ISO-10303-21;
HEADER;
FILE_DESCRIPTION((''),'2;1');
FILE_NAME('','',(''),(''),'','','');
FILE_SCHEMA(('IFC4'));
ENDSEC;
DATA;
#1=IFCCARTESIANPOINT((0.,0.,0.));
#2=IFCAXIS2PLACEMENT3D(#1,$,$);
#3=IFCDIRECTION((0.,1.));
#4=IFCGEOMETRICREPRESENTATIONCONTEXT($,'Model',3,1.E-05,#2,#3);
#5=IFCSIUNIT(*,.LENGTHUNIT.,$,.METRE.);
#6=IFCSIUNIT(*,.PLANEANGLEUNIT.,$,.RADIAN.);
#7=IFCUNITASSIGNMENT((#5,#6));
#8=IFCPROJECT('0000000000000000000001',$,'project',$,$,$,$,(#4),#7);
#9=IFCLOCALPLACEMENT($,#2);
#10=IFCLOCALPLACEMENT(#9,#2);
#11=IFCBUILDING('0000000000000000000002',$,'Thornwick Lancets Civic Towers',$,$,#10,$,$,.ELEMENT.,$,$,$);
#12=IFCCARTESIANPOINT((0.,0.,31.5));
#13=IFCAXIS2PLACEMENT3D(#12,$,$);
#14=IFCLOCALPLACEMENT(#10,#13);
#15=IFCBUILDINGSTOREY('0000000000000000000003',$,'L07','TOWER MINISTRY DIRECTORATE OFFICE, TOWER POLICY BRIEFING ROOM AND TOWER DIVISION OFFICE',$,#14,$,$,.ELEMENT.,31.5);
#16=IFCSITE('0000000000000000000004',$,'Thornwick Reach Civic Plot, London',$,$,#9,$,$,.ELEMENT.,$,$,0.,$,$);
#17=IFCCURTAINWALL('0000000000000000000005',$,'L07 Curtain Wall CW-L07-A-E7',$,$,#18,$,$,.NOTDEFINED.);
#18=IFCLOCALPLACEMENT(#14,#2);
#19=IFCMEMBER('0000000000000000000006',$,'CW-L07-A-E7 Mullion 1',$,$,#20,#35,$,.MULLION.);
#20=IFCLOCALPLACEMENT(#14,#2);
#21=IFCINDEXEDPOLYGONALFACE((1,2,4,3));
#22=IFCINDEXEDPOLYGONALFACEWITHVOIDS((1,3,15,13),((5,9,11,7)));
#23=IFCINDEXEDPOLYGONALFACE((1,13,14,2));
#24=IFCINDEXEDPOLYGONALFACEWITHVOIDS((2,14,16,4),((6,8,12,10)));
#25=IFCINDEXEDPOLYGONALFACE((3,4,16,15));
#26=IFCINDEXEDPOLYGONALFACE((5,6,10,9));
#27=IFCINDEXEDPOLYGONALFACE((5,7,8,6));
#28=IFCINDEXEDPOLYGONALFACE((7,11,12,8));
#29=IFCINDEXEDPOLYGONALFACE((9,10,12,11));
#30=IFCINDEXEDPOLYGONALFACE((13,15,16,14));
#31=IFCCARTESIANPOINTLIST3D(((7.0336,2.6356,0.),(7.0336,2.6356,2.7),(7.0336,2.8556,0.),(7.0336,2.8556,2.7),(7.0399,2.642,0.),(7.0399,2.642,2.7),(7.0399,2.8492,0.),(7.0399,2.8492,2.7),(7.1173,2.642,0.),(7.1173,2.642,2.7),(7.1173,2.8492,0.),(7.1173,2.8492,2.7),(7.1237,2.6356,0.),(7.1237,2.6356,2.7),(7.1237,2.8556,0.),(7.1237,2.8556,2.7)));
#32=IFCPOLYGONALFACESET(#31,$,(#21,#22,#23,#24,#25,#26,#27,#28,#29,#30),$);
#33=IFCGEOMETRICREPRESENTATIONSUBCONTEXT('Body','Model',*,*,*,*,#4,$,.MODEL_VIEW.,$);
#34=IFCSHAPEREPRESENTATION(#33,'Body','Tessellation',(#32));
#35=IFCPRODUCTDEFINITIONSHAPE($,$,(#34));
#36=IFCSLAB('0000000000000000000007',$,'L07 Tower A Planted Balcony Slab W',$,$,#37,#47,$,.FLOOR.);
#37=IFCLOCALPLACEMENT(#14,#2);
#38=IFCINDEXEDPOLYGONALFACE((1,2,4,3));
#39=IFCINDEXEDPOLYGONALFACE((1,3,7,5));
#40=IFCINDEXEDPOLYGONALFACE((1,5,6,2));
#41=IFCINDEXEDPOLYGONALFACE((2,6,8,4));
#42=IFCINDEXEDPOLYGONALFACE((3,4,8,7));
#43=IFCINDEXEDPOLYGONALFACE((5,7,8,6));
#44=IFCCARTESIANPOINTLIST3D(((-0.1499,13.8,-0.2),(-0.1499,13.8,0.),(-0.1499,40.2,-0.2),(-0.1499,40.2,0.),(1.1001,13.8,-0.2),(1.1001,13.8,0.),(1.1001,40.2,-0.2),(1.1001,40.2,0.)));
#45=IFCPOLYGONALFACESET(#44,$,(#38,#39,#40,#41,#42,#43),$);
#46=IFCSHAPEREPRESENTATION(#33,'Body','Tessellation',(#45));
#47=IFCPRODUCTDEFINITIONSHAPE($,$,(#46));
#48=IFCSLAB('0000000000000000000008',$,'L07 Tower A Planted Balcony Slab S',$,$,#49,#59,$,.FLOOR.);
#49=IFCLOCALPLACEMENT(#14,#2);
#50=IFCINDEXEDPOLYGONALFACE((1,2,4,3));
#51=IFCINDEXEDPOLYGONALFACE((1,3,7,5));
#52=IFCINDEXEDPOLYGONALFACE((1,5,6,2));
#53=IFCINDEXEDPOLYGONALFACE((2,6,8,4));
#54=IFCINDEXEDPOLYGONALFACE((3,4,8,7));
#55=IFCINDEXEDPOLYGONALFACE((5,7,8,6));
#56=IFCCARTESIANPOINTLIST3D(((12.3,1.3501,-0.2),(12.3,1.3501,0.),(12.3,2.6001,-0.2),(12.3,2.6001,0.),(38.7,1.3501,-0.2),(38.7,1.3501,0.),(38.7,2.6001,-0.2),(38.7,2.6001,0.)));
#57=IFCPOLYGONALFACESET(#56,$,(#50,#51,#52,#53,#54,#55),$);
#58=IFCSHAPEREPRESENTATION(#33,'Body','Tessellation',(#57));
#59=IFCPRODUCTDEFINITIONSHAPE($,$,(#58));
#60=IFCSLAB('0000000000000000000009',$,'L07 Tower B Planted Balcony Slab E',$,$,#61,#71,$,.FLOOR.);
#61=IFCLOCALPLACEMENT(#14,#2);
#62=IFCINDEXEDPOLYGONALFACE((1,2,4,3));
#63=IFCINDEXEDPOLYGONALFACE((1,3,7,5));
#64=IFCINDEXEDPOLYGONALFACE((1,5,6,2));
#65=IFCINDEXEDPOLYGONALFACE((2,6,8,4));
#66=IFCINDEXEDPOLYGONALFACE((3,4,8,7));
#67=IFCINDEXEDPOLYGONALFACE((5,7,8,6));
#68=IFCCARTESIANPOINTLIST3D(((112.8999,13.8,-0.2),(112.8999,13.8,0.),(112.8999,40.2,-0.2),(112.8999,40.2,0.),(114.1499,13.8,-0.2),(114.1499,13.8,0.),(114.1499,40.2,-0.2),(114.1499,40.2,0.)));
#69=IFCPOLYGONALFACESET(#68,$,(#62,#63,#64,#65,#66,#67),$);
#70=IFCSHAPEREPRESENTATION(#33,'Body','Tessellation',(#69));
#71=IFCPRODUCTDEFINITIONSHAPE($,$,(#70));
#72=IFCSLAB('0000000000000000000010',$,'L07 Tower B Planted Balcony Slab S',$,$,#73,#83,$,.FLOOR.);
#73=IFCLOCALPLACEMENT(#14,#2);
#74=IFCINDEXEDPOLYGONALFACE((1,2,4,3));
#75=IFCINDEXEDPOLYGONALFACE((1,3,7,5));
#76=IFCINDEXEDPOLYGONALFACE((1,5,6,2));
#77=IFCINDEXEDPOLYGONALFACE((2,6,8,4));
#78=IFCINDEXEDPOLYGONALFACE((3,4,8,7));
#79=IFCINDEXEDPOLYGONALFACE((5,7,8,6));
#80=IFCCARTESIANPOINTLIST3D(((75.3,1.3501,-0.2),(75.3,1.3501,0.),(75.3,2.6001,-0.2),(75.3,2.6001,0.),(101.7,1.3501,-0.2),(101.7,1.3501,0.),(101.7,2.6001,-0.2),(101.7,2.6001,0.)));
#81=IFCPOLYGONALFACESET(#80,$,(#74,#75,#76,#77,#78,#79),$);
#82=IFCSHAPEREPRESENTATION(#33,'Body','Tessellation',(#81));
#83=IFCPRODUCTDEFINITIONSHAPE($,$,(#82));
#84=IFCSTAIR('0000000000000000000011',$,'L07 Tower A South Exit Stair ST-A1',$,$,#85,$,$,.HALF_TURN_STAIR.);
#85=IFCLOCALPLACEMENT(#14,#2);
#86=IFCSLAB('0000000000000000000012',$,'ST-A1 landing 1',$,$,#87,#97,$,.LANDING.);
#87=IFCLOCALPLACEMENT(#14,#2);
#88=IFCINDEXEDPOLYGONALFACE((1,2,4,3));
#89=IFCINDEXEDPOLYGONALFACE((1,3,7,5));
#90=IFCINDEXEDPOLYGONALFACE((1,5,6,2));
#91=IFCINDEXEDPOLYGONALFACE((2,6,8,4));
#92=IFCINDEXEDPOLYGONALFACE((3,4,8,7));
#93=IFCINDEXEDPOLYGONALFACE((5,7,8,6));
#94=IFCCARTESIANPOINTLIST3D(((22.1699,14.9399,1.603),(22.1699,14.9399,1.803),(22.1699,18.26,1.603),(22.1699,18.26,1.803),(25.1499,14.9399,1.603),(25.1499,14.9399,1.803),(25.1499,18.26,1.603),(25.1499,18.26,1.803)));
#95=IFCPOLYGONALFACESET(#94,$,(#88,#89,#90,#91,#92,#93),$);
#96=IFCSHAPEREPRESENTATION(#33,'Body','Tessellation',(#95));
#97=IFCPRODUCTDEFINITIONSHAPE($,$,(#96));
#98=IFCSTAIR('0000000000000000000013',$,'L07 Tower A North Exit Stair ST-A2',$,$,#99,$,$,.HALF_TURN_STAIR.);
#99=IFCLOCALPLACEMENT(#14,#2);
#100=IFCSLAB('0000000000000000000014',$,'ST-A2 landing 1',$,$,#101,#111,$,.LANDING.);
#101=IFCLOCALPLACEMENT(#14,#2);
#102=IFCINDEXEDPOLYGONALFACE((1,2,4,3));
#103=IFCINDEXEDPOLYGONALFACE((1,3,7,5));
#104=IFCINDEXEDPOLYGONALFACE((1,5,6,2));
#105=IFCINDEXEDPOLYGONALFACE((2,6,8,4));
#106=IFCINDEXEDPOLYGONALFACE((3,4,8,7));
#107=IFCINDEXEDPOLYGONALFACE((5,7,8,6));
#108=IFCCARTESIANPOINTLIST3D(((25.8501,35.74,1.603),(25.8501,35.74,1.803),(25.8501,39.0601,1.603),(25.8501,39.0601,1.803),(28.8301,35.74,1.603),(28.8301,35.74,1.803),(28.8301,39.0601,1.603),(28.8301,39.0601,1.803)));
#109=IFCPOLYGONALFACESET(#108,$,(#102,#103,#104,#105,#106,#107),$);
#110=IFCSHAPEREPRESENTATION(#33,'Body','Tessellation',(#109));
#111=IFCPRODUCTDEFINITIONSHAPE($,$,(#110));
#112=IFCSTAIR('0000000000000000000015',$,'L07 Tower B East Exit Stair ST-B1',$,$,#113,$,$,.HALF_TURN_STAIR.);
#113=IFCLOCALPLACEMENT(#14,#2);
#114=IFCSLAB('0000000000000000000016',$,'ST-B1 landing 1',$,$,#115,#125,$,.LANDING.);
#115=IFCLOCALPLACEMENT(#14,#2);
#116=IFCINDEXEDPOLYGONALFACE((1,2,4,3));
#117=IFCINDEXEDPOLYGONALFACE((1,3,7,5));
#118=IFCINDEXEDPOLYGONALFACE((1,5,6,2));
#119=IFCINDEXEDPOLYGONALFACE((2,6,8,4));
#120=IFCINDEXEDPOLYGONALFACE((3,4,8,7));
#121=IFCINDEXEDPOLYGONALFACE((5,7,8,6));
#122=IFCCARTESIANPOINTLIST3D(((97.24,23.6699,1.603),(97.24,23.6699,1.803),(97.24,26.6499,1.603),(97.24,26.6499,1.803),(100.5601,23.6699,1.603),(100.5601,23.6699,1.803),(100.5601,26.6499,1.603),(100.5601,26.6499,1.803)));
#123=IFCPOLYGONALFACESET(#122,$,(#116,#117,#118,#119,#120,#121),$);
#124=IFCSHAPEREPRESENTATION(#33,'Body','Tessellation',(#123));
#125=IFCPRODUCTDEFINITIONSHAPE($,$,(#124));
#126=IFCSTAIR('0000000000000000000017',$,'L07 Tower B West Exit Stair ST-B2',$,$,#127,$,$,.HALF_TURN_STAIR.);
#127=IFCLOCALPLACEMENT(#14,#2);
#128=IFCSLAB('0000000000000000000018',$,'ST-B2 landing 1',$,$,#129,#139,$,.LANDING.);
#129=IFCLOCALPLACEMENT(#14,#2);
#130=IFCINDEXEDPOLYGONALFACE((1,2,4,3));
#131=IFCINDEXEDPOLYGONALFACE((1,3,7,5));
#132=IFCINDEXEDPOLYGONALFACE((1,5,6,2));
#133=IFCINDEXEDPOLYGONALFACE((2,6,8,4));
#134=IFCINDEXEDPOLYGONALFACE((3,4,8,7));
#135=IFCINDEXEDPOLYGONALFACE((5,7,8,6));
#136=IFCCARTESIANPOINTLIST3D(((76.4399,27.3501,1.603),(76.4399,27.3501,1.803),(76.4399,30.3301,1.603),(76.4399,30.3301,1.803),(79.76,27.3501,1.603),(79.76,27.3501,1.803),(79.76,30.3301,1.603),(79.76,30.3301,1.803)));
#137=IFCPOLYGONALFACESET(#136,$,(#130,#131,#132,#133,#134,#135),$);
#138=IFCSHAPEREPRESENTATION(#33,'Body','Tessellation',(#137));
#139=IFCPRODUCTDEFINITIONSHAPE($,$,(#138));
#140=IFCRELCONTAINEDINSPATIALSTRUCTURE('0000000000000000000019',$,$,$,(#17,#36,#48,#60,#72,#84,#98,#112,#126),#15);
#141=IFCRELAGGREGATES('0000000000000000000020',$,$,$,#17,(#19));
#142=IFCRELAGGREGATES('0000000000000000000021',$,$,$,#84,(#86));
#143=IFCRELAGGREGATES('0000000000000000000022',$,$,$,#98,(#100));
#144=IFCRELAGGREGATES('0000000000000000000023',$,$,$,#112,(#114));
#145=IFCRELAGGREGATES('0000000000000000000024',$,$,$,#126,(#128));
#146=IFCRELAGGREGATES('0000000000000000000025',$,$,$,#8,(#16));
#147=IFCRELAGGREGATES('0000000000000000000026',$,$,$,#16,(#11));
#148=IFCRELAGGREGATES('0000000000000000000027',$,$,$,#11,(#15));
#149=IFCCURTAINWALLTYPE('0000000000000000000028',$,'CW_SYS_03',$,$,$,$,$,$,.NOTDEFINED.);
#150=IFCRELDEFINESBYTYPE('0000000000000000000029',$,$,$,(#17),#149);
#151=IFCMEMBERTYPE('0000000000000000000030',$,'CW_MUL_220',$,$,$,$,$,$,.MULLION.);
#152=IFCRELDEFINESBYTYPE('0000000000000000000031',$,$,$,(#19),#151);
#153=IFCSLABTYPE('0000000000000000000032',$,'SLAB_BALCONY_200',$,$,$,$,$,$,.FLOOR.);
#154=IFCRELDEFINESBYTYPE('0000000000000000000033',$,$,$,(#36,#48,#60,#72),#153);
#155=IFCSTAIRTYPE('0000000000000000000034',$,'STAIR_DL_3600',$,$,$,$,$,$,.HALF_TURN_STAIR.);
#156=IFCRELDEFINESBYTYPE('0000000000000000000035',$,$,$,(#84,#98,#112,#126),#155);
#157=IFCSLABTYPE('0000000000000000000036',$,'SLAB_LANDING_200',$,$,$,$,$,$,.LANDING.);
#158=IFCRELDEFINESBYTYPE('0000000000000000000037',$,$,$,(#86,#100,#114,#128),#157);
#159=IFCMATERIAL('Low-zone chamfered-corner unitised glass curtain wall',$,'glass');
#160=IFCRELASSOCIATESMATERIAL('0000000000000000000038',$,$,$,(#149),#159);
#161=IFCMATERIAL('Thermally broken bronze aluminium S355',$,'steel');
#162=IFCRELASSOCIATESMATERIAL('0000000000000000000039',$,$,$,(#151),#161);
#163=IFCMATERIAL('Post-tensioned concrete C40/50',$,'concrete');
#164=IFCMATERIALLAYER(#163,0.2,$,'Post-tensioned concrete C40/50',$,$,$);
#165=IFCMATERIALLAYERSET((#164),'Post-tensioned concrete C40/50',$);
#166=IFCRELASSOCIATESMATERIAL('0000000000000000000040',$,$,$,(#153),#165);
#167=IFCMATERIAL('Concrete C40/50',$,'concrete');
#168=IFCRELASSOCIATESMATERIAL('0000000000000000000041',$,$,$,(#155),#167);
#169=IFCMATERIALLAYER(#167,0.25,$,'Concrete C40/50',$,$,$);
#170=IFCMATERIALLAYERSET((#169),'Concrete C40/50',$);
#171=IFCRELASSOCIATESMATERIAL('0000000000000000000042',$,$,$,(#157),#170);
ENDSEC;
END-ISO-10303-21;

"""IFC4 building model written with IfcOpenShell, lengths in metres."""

from ifc_helpers import new_model, si_unit, direction, frame, origin, origin_2d, place, context, subcontext, project, spatial, polyline, hollow_rectangle, outline, extrude, material, layer, layer_set, material_profile, profile_set, type_object, element, aggregate, save


model = new_model("IFC4")

# Units and contexts
model_context = context("Model", 3, precision=1e-05, world=origin(), true_north=direction((0.0, 1.0)))
body_context = subcontext(model_context, "Body", "Model", "MODEL_VIEW")
ifc_project = project(units=[si_unit("LENGTHUNIT", "METRE"), si_unit("PLANEANGLEUNIT", "RADIAN")], contexts=[model_context])

# Site, building, storey
site_placement = place(None, origin())
site = spatial("IfcSite", under=ifc_project, at=site_placement, Name="Thornwick Reach Civic Plot, London", CompositionType="ELEMENT", RefElevation=0.0)
building_placement = place(site_placement, origin())
building = spatial("IfcBuilding", under=site, at=building_placement, Name="Thornwick Lancets Civic Towers", CompositionType="ELEMENT")
storey_placement = place(building_placement, frame((0.0, 0.0, 31.5)))
storey = spatial("IfcBuildingStorey", under=building, at=storey_placement, Name="L07", Description="TOWER MINISTRY DIRECTORATE OFFICE, TOWER POLICY BRIEFING ROOM AND TOWER DIVISION OFFICE", CompositionType="ELEMENT", Elevation=31.5)

# Curtain wall, member
ifc_material_1 = material(Name="Low-zone chamfered-corner unitised glass curtain wall", Category="glass")
curtain_wall_type = type_object("IfcCurtainWallType", Name="CW_SYS_03", PredefinedType="NOTDEFINED", material=ifc_material_1)
curtain_wall_placement = place(storey_placement, origin())
curtain_wall = element("IfcCurtainWall", 1, at=curtain_wall_placement, inside=storey, type_object=curtain_wall_type, Name="L07 Curtain Wall CW-L07-A-E7", PredefinedType="NOTDEFINED")
ifc_material_2 = material(Name="Thermally broken bronze aluminium S355", Category="steel")
ifc_material_profile = material_profile(ifc_material_2, hollow_rectangle(XDim=0.0901, YDim=0.22, WallThickness=0.0063, at=origin_2d()), Name="RHS 220x90x6.3")
ifc_profile_set = profile_set([ifc_material_profile], Name="Thermally broken bronze aluminium S355")
member_type = type_object("IfcMemberType", Name="CW_MUL_220", PredefinedType="MULLION", material=ifc_profile_set)
member_placement = place(storey_placement, frame((7.0786, 2.7456, 0.0), z_axis=(0.0, 0.0, 1.0), x_axis=(1.0, 0.0, 0.0)))
member = element("IfcMember", 2, at=member_placement, type_object=member_type, Name="CW-L07-A-E7 Mullion 1", PredefinedType="MULLION", context=body_context, shape_type="SweptSolid", body=[
    extrude(hollow_rectangle(XDim=0.0901, YDim=0.22, WallThickness=0.0063, at=origin_2d()), origin(), (0.0, 0.0, 1.0), 2.7),
])
aggregate(curtain_wall, [member])

# Slabs
ifc_material_3 = material(Name="Post-tensioned concrete C40/50", Category="concrete")
ifc_layer_1 = layer(ifc_material_3, 0.2, Name="Post-tensioned concrete C40/50")
ifc_layer_set_1 = layer_set([ifc_layer_1], Name="Post-tensioned concrete C40/50")
slab_type_1 = type_object("IfcSlabType", Name="SLAB_BALCONY_200", PredefinedType="FLOOR", material=ifc_layer_set_1)
slab_1_placement = place(storey_placement, frame((0.0, 0.0, -0.2)))
element("IfcSlab", 3, at=slab_1_placement, inside=storey, type_object=slab_type_1, Name="L07 Tower A Planted Balcony Slab W", PredefinedType="FLOOR", context=body_context, shape_type="SweptSolid", body=[
    extrude(outline(polyline([(-0.1499, 13.8), (1.1001, 13.8), (1.1001, 40.2), (-0.1499, 40.2), (-0.1499, 13.8)])), origin(), (0.0, 0.0, 1.0), 0.2),
])
slab_2_placement = place(storey_placement, frame((0.0, 0.0, -0.2)))
element("IfcSlab", 4, at=slab_2_placement, inside=storey, type_object=slab_type_1, Name="L07 Tower A Planted Balcony Slab S", PredefinedType="FLOOR", context=body_context, shape_type="SweptSolid", body=[
    extrude(outline(polyline([(12.3, 1.3501), (38.7, 1.3501), (38.7, 2.6001), (12.3, 2.6001), (12.3, 1.3501)])), origin(), (0.0, 0.0, 1.0), 0.2),
])
slab_3_placement = place(storey_placement, frame((0.0, 0.0, -0.2)))
element("IfcSlab", 5, at=slab_3_placement, inside=storey, type_object=slab_type_1, Name="L07 Tower B Planted Balcony Slab E", PredefinedType="FLOOR", context=body_context, shape_type="SweptSolid", body=[
    extrude(outline(polyline([(112.8999, 13.8), (114.1499, 13.8), (114.1499, 40.2), (112.8999, 40.2), (112.8999, 13.8)])), origin(), (0.0, 0.0, 1.0), 0.2),
])
slab_4_placement = place(storey_placement, frame((0.0, 0.0, -0.2)))
element("IfcSlab", 6, at=slab_4_placement, inside=storey, type_object=slab_type_1, Name="L07 Tower B Planted Balcony Slab S", PredefinedType="FLOOR", context=body_context, shape_type="SweptSolid", body=[
    extrude(outline(polyline([(75.3, 1.3501), (101.7, 1.3501), (101.7, 2.6001), (75.3, 2.6001), (75.3, 1.3501)])), origin(), (0.0, 0.0, 1.0), 0.2),
])

# Stairs, slabs
ifc_material_4 = material(Name="Concrete C40/50", Category="concrete")
stair_type = type_object("IfcStairType", Name="STAIR_DL_3600", PredefinedType="HALF_TURN_STAIR", material=ifc_material_4)
stair_1_placement = place(storey_placement, origin())
stair_1 = element("IfcStair", 7, at=stair_1_placement, inside=storey, type_object=stair_type, Name="L07 Tower A South Exit Stair ST-A1", PredefinedType="HALF_TURN_STAIR")
ifc_layer_2 = layer(ifc_material_4, 0.25, Name="Concrete C40/50")
ifc_layer_set_2 = layer_set([ifc_layer_2], Name="Concrete C40/50")
slab_type_2 = type_object("IfcSlabType", Name="SLAB_LANDING_200", PredefinedType="LANDING", material=ifc_layer_set_2)
slab_5_placement = place(storey_placement, frame((0.0, 0.0, 1.603)))
slab_5 = element("IfcSlab", 8, at=slab_5_placement, type_object=slab_type_2, Name="ST-A1 landing 1", PredefinedType="LANDING", context=body_context, shape_type="SweptSolid", body=[
    extrude(outline(polyline([(22.1699, 14.9399), (25.1499, 14.9399), (25.1499, 18.26), (22.1699, 18.26), (22.1699, 14.9399)])), origin(), (0.0, 0.0, 1.0), 0.2),
])
aggregate(stair_1, [slab_5])
stair_2_placement = place(storey_placement, origin())
stair_2 = element("IfcStair", 9, at=stair_2_placement, inside=storey, type_object=stair_type, Name="L07 Tower A North Exit Stair ST-A2", PredefinedType="HALF_TURN_STAIR")
slab_6_placement = place(storey_placement, frame((0.0, 0.0, 1.603)))
slab_6 = element("IfcSlab", 10, at=slab_6_placement, type_object=slab_type_2, Name="ST-A2 landing 1", PredefinedType="LANDING", context=body_context, shape_type="SweptSolid", body=[
    extrude(outline(polyline([(28.8301, 39.0601), (25.8501, 39.0601), (25.8501, 35.74), (28.8301, 35.74), (28.8301, 39.0601)])), origin(), (0.0, 0.0, 1.0), 0.2),
])
aggregate(stair_2, [slab_6])
stair_3_placement = place(storey_placement, origin())
stair_3 = element("IfcStair", 11, at=stair_3_placement, inside=storey, type_object=stair_type, Name="L07 Tower B East Exit Stair ST-B1", PredefinedType="HALF_TURN_STAIR")
slab_7_placement = place(storey_placement, frame((0.0, 0.0, 1.603)))
slab_7 = element("IfcSlab", 12, at=slab_7_placement, type_object=slab_type_2, Name="ST-B1 landing 1", PredefinedType="LANDING", context=body_context, shape_type="SweptSolid", body=[
    extrude(outline(polyline([(100.5601, 23.6699), (100.5601, 26.6499), (97.24, 26.6499), (97.24, 23.6699), (100.5601, 23.6699)])), origin(), (0.0, 0.0, 1.0), 0.2),
])
aggregate(stair_3, [slab_7])
stair_4_placement = place(storey_placement, origin())
stair_4 = element("IfcStair", 13, at=stair_4_placement, inside=storey, type_object=stair_type, Name="L07 Tower B West Exit Stair ST-B2", PredefinedType="HALF_TURN_STAIR")
slab_8_placement = place(storey_placement, frame((0.0, 0.0, 1.603)))
slab_8 = element("IfcSlab", 14, at=slab_8_placement, type_object=slab_type_2, Name="ST-B2 landing 1", PredefinedType="LANDING", context=body_context, shape_type="SweptSolid", body=[
    extrude(outline(polyline([(76.4399, 30.3301), (76.4399, 27.3501), (79.76, 27.3501), (79.76, 30.3301), (76.4399, 30.3301)])), origin(), (0.0, 0.0, 1.0), 0.2),
])
aggregate(stair_4, [slab_8])

save(model, "model.ifc")
